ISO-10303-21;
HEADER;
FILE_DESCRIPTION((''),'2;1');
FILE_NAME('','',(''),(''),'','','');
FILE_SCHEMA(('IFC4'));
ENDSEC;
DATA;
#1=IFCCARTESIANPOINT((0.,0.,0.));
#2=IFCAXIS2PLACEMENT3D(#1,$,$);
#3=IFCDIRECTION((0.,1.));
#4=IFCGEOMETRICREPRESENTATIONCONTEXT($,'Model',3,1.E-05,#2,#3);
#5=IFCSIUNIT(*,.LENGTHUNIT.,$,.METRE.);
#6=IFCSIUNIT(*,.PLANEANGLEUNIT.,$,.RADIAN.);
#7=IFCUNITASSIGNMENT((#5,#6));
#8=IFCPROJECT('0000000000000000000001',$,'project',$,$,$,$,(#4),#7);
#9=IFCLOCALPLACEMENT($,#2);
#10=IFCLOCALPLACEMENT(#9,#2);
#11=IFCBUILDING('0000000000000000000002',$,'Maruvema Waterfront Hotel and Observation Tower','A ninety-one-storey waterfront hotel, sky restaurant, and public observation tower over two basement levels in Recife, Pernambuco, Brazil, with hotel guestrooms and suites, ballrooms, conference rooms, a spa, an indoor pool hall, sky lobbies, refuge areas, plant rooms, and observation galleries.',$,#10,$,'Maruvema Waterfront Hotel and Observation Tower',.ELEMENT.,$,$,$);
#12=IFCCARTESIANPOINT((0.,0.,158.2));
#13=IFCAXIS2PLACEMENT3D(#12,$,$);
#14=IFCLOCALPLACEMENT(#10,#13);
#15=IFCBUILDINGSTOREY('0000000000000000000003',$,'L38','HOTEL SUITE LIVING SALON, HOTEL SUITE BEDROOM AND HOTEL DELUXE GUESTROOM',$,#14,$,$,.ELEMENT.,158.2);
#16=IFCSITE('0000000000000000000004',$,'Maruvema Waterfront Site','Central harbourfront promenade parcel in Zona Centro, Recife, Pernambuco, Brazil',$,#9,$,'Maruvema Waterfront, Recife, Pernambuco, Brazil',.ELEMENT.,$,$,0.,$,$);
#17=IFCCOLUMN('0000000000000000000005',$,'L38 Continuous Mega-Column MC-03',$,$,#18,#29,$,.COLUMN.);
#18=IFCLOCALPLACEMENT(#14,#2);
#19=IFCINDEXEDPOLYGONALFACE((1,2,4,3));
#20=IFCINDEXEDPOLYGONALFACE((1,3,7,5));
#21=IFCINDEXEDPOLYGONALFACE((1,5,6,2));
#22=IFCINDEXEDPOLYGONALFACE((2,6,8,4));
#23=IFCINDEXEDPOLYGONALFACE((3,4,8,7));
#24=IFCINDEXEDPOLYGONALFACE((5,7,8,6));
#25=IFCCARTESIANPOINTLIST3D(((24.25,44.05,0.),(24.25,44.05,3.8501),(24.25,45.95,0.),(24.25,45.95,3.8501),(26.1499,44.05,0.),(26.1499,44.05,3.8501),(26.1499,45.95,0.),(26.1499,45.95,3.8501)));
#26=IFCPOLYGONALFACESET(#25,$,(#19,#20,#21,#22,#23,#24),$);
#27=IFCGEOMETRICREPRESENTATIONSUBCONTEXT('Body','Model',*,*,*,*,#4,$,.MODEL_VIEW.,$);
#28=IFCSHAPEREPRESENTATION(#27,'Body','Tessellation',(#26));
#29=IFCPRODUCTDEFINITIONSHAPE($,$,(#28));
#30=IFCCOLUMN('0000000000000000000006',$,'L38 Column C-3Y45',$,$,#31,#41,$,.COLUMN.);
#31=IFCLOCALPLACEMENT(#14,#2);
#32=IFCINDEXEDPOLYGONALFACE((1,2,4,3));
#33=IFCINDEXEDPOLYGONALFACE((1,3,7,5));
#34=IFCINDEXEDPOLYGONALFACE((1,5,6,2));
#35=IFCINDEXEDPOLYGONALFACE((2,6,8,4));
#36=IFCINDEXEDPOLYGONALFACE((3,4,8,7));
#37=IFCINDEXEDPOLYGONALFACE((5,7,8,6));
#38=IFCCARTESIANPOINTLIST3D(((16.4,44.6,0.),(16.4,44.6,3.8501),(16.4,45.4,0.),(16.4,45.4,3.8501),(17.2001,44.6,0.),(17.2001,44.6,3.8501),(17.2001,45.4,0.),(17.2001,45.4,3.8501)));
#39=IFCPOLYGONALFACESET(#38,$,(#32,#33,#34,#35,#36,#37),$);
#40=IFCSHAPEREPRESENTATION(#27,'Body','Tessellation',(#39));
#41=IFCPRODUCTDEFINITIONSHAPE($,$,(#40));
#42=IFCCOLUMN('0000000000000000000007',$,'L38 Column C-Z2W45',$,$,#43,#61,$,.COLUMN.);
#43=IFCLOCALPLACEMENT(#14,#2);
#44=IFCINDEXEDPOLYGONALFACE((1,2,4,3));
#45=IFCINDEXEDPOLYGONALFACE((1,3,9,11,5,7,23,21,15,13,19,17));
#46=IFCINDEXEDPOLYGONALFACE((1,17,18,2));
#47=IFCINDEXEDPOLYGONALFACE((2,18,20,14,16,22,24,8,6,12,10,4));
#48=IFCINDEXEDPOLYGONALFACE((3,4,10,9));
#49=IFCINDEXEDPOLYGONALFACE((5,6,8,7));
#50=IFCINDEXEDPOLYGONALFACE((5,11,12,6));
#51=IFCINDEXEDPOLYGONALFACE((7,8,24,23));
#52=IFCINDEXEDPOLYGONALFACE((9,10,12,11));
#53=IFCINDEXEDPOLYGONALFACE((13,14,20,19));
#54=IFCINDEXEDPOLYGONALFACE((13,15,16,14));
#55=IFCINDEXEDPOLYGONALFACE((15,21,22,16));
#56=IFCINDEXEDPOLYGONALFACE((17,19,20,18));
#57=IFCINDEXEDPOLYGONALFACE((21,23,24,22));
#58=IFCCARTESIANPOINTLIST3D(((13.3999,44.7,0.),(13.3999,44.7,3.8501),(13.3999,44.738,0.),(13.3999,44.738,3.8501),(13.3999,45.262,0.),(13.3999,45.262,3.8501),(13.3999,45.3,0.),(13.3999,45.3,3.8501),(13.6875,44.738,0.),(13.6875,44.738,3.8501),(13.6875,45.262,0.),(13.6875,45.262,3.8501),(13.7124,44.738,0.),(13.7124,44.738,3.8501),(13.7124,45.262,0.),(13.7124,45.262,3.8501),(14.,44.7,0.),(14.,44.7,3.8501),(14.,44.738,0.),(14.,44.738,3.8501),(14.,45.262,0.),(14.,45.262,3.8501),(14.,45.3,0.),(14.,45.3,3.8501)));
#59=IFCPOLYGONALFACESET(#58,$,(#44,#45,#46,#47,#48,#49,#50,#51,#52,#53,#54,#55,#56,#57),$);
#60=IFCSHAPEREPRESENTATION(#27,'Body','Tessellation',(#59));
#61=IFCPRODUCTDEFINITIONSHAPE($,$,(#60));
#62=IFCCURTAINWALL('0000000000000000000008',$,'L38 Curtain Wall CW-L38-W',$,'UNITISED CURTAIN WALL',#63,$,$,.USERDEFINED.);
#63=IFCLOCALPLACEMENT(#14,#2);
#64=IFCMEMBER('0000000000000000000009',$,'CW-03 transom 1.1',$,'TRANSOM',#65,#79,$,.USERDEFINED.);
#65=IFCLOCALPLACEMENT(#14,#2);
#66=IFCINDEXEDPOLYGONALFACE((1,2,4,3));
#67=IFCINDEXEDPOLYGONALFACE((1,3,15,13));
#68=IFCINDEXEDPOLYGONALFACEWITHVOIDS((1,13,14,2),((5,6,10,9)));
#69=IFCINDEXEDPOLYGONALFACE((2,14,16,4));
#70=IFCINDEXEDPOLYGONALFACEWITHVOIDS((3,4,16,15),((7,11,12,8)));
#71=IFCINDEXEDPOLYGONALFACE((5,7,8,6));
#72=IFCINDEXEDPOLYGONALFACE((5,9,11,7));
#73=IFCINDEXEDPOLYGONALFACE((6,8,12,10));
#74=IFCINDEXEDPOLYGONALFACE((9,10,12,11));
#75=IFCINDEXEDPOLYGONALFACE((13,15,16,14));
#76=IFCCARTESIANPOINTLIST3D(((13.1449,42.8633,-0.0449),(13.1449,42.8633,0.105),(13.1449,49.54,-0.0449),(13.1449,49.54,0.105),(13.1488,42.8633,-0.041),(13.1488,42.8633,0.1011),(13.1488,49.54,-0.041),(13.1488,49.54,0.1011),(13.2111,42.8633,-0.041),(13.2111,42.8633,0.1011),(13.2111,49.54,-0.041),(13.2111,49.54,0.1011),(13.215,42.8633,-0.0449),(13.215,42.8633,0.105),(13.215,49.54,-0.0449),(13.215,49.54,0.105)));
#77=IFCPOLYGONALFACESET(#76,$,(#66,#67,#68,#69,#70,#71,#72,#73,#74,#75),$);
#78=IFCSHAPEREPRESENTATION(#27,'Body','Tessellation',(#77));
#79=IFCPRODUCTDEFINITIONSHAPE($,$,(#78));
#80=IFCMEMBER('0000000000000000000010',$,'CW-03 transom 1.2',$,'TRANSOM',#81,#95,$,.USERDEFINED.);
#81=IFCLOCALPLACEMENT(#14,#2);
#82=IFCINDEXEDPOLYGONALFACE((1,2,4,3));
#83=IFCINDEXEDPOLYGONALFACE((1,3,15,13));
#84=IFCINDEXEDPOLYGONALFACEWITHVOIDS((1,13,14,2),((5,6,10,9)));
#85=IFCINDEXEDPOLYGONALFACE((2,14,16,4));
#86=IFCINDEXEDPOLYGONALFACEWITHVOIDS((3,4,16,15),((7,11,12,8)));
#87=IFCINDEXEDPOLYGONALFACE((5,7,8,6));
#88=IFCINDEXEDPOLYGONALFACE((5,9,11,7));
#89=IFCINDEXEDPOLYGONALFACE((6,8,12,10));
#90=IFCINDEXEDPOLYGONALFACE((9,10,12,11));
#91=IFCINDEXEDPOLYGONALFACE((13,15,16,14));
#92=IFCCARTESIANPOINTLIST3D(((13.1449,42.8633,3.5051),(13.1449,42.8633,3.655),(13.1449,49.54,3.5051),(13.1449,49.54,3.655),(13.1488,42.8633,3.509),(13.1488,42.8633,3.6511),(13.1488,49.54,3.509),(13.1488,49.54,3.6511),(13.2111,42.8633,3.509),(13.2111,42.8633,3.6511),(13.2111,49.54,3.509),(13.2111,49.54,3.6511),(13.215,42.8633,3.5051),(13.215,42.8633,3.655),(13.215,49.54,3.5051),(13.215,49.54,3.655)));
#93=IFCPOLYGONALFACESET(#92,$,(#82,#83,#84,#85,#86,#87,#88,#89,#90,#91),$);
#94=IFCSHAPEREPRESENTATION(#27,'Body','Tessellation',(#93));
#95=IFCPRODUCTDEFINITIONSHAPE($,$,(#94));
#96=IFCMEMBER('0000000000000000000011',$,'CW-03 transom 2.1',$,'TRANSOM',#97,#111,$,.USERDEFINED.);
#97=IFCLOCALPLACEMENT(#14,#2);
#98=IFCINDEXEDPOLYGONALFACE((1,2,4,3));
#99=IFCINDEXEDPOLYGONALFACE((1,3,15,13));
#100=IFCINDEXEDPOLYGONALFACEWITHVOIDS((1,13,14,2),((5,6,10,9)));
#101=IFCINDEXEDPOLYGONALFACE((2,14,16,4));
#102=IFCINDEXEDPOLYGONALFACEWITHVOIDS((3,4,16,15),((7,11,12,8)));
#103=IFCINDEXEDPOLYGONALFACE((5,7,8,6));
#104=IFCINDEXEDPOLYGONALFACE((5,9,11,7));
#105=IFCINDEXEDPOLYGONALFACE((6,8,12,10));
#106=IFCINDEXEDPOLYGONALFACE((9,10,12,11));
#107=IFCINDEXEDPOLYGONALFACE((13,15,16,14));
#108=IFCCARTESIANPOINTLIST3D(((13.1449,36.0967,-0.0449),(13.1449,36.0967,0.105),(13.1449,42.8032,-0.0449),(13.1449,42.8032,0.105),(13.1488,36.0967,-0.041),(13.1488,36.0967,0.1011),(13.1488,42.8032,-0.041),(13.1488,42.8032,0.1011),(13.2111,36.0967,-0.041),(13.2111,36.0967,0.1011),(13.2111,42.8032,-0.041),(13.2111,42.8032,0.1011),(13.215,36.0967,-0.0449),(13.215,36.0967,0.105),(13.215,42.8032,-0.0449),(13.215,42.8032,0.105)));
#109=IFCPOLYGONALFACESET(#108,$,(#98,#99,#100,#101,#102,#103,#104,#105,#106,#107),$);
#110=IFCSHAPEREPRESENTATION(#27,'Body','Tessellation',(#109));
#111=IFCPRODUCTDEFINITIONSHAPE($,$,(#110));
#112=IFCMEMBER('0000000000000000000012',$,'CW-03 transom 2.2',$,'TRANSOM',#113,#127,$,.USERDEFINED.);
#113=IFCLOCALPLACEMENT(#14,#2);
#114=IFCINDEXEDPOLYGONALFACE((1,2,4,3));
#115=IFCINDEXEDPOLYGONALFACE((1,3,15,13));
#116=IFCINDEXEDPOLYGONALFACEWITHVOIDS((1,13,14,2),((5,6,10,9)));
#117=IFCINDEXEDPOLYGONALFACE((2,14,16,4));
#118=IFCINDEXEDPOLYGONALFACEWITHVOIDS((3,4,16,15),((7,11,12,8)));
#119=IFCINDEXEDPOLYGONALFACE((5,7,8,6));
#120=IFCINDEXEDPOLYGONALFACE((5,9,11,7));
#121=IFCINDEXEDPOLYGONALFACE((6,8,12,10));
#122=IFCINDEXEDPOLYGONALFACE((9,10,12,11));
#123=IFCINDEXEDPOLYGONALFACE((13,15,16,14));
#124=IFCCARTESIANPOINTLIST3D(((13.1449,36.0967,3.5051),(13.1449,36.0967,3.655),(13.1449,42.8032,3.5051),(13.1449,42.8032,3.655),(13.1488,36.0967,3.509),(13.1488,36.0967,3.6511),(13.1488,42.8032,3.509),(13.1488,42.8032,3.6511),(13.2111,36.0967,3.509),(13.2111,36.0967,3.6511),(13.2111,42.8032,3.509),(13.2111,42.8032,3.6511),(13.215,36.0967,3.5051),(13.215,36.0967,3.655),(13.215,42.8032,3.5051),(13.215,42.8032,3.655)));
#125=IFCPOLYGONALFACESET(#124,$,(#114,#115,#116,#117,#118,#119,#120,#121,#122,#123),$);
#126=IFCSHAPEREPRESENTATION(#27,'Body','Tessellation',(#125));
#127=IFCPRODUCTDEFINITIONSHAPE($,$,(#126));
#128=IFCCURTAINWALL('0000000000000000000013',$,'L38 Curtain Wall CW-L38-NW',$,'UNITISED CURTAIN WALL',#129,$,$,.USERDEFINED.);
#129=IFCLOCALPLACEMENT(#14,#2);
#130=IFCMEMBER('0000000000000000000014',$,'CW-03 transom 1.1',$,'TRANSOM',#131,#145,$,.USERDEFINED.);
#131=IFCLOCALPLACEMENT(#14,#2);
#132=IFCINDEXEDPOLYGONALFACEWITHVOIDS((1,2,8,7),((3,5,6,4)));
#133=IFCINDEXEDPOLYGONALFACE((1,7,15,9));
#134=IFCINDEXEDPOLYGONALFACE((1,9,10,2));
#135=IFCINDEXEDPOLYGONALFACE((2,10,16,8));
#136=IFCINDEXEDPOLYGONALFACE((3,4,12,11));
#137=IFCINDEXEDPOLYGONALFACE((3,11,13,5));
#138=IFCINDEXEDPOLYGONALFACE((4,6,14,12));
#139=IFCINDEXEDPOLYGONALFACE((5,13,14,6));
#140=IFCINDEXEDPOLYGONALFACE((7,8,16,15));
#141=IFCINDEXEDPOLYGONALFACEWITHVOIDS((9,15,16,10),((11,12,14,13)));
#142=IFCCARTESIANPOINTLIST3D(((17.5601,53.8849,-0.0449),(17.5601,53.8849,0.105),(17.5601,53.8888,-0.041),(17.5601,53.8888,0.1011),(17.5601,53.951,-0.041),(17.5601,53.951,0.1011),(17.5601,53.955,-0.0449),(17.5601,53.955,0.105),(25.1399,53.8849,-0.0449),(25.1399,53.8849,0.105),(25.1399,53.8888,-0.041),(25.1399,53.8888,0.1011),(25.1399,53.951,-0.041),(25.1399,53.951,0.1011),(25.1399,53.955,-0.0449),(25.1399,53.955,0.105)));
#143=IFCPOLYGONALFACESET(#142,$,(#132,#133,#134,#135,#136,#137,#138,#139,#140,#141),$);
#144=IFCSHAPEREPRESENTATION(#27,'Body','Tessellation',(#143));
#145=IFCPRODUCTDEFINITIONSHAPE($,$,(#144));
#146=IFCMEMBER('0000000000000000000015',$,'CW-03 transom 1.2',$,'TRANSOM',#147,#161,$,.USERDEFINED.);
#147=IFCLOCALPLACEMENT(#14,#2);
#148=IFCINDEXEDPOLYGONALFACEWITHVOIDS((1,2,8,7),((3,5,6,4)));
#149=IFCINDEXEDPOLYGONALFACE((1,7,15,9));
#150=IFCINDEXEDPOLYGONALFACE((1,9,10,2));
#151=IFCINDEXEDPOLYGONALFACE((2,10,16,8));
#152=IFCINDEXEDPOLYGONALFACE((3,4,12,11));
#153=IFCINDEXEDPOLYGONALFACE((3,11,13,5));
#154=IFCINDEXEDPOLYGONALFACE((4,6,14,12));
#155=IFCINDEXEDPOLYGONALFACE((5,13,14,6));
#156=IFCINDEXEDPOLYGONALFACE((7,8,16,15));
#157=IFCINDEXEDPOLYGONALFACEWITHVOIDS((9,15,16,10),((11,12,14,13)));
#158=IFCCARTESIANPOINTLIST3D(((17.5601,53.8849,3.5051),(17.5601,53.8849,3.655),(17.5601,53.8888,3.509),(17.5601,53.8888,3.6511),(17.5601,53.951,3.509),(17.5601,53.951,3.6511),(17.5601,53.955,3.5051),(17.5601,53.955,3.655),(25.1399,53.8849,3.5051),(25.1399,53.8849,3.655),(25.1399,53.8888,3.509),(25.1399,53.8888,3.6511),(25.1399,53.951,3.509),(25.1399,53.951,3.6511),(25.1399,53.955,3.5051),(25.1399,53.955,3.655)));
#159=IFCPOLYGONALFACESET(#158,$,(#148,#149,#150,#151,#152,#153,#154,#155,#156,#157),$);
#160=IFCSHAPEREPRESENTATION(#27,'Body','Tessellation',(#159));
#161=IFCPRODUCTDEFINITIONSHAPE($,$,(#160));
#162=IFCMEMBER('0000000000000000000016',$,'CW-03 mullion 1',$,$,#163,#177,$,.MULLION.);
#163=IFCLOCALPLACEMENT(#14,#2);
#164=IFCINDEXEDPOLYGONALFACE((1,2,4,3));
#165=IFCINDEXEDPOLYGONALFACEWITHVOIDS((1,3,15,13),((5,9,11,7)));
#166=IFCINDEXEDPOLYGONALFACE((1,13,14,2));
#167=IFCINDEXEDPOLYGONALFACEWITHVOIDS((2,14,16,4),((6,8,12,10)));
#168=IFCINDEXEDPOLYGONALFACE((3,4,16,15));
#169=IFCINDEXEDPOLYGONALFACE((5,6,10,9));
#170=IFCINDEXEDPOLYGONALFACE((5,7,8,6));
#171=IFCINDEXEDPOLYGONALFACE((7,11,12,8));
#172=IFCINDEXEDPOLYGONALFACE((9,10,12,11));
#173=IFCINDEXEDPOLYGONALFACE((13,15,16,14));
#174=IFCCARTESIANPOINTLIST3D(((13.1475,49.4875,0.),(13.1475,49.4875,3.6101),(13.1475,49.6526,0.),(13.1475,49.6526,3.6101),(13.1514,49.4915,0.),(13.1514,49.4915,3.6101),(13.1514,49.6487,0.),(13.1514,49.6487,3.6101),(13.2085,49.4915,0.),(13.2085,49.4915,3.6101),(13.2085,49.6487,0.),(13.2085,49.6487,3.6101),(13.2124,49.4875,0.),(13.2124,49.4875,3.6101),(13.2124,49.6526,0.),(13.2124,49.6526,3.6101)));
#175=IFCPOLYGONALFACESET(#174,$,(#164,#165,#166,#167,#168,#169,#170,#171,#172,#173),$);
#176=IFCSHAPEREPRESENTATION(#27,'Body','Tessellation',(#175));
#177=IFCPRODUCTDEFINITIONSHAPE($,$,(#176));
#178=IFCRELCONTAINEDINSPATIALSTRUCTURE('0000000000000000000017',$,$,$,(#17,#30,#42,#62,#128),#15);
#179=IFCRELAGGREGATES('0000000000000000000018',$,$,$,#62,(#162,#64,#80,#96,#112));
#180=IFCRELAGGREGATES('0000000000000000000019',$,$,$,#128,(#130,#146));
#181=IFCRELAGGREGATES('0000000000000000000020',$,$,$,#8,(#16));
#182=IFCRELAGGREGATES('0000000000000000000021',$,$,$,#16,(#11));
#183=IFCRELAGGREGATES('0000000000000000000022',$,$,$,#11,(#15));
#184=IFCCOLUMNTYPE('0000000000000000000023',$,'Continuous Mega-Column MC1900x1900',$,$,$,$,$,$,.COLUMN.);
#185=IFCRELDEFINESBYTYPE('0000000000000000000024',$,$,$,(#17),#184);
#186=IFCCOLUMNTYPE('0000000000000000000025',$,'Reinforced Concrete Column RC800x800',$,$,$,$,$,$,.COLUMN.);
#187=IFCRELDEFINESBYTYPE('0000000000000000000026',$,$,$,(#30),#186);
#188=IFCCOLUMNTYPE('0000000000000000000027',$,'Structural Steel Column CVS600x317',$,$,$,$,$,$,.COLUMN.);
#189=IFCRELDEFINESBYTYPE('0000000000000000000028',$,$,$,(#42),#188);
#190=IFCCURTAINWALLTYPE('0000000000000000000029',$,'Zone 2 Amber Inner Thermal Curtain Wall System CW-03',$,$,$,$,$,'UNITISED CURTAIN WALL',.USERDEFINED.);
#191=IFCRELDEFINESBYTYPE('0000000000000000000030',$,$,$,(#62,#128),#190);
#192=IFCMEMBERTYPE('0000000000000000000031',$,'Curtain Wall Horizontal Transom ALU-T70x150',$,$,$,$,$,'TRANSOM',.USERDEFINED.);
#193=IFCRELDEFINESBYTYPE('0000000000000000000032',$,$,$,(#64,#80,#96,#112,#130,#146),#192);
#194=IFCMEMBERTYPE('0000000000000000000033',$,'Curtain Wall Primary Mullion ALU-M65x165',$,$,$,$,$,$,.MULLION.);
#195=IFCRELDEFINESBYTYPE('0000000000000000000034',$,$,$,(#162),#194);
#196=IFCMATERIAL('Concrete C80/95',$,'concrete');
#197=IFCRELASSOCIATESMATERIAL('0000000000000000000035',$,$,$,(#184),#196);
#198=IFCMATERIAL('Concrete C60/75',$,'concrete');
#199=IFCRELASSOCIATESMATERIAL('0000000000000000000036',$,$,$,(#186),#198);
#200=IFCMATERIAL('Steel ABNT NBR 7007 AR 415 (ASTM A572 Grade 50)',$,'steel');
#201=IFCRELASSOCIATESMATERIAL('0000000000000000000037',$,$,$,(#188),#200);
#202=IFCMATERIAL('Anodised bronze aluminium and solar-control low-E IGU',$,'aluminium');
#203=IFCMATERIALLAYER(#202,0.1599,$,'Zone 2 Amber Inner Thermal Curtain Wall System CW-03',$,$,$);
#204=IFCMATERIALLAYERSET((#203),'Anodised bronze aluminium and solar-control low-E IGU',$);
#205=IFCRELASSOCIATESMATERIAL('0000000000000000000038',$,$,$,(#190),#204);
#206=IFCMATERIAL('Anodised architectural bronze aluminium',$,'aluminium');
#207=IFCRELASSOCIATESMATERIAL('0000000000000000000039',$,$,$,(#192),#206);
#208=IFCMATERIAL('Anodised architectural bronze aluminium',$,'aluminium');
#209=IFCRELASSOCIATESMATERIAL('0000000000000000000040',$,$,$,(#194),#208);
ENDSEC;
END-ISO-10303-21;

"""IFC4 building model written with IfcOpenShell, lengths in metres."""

from ifc_helpers import new_model, si_unit, direction, frame, origin, origin_2d, place, context, subcontext, project, spatial, rectangle, hollow_rectangle, i_section, extrude, material, layer, layer_set, material_profile, profile_set, type_object, element, aggregate, save


model = new_model("IFC4")

# Units and contexts
model_context = context("Model", 3, precision=1e-05, world=origin(), true_north=direction((0.0, 1.0)))
body_context = subcontext(model_context, "Body", "Model", "MODEL_VIEW")
ifc_project = project(units=[si_unit("LENGTHUNIT", "METRE"), si_unit("PLANEANGLEUNIT", "RADIAN")], contexts=[model_context])

# Site, building, storey
site_placement = place(None, origin())
site = spatial("IfcSite", under=ifc_project, at=site_placement, Name="Maruvema Waterfront Site", Description="Central harbourfront promenade parcel in Zona Centro, Recife, Pernambuco, Brazil", LongName="Maruvema Waterfront, Recife, Pernambuco, Brazil", CompositionType="ELEMENT", RefElevation=0.0)
building_placement = place(site_placement, origin())
building = spatial("IfcBuilding", under=site, at=building_placement, Name="Maruvema Waterfront Hotel and Observation Tower", Description="A ninety-one-storey waterfront hotel, sky restaurant, and public observation tower over two basement levels in Recife, Pernambuco, Brazil, with hotel guestrooms and suites, ballrooms, conference rooms, a spa, an indoor pool hall, sky lobbies, refuge areas, plant rooms, and observation galleries.", LongName="Maruvema Waterfront Hotel and Observation Tower", CompositionType="ELEMENT")
storey_placement = place(building_placement, frame((0.0, 0.0, 158.2)))
storey = spatial("IfcBuildingStorey", under=building, at=storey_placement, Name="L38", Description="HOTEL SUITE LIVING SALON, HOTEL SUITE BEDROOM AND HOTEL DELUXE GUESTROOM", CompositionType="ELEMENT", Elevation=158.2)

# Columns
ifc_material_1 = material(Name="Concrete C80/95", Category="concrete")
ifc_material_profile_1 = material_profile(ifc_material_1, rectangle(XDim=1.8999, YDim=1.8999, at=origin_2d()), Name="MC1900x1900")
ifc_profile_set_1 = profile_set([ifc_material_profile_1], Name="Concrete C80/95")
column_type_1 = type_object("IfcColumnType", Name="Continuous Mega-Column MC1900x1900", PredefinedType="COLUMN", material=ifc_profile_set_1)
column_1_placement = place(storey_placement, frame((25.2, 45.0, 0.0), z_axis=(0.0, 0.0, 1.0), x_axis=(1.0, 0.0, 0.0)))
element("IfcColumn", 1, at=column_1_placement, inside=storey, type_object=column_type_1, Name="L38 Continuous Mega-Column MC-03", PredefinedType="COLUMN", context=body_context, shape_type="SweptSolid", body=[
    extrude(rectangle(XDim=1.8999, YDim=1.8999, at=origin_2d()), origin(), (0.0, 0.0, 1.0), 3.8501),
])
ifc_material_2 = material(Name="Concrete C60/75", Category="concrete")
ifc_material_profile_2 = material_profile(ifc_material_2, rectangle(XDim=0.8, YDim=0.8, at=origin_2d()), Name="RC800x800")
ifc_profile_set_2 = profile_set([ifc_material_profile_2], Name="Concrete C60/75")
column_type_2 = type_object("IfcColumnType", Name="Reinforced Concrete Column RC800x800", PredefinedType="COLUMN", material=ifc_profile_set_2)
column_2_placement = place(storey_placement, frame((16.8, 45.0, 0.0), z_axis=(0.0, 0.0, 1.0), x_axis=(1.0, 0.0, 0.0)))
element("IfcColumn", 2, at=column_2_placement, inside=storey, type_object=column_type_2, Name="L38 Column C-3Y45", PredefinedType="COLUMN", context=body_context, shape_type="SweptSolid", body=[
    extrude(rectangle(XDim=0.8, YDim=0.8, at=origin_2d()), origin(), (0.0, 0.0, 1.0), 3.8501),
])
ifc_material_3 = material(Name="Steel ABNT NBR 7007 AR 415 (ASTM A572 Grade 50)", Category="steel")
ifc_material_profile_3 = material_profile(ifc_material_3, i_section(OverallWidth=0.6001, OverallDepth=0.6001, WebThickness=0.0249, FlangeThickness=0.0381, at=origin_2d()), Name="CVS600x317")
ifc_profile_set_3 = profile_set([ifc_material_profile_3], Name="Steel ABNT NBR 7007 AR 415 (ASTM A572 Grade 50)")
column_type_3 = type_object("IfcColumnType", Name="Structural Steel Column CVS600x317", PredefinedType="COLUMN", material=ifc_profile_set_3)
column_3_placement = place(storey_placement, frame((13.7, 45.0, 0.0), z_axis=(0.0, 0.0, 1.0), x_axis=(1.0, 0.0, 0.0)))
element("IfcColumn", 3, at=column_3_placement, inside=storey, type_object=column_type_3, Name="L38 Column C-Z2W45", PredefinedType="COLUMN", context=body_context, shape_type="SweptSolid", body=[
    extrude(i_section(OverallWidth=0.6001, OverallDepth=0.6001, WebThickness=0.0249, FlangeThickness=0.0381, at=origin_2d()), origin(), (0.0, 0.0, 1.0), 3.8501),
])

# Curtain walls, members
ifc_material_4 = material(Name="Anodised bronze aluminium and solar-control low-E IGU", Category="aluminium")
ifc_layer_1 = layer(ifc_material_4, 0.1599, Name="Zone 2 Amber Inner Thermal Curtain Wall System CW-03")
ifc_layer_set_1 = layer_set([ifc_layer_1], Name="Anodised bronze aluminium and solar-control low-E IGU")
curtain_wall_type = type_object("IfcCurtainWallType", Name="Zone 2 Amber Inner Thermal Curtain Wall System CW-03", ElementType="UNITISED CURTAIN WALL", PredefinedType="USERDEFINED", material=ifc_layer_set_1)
curtain_wall_1_placement = place(storey_placement, origin())
curtain_wall_1 = element("IfcCurtainWall", 4, at=curtain_wall_1_placement, inside=storey, type_object=curtain_wall_type, Name="L38 Curtain Wall CW-L38-W", ObjectType="UNITISED CURTAIN WALL", PredefinedType="USERDEFINED")
ifc_material_5 = material(Name="Anodised architectural bronze aluminium", Category="aluminium")
ifc_material_profile_4 = material_profile(ifc_material_5, hollow_rectangle(XDim=0.0701, YDim=0.1499, WallThickness=0.0039, at=origin_2d()), Name="ALU-T70x150")
ifc_profile_set_4 = profile_set([ifc_material_profile_4], Name="Anodised architectural bronze aluminium")
member_type_1 = type_object("IfcMemberType", Name="Curtain Wall Horizontal Transom ALU-T70x150", ElementType="TRANSOM", PredefinedType="USERDEFINED", material=ifc_profile_set_4)
member_1_placement = place(storey_placement, frame((13.1799, 49.54, 0.03), z_axis=(0.0, -1.0, 0.0), x_axis=(1.0, 0.0, 0.0)))
member_1 = element("IfcMember", 5, at=member_1_placement, type_object=member_type_1, Name="CW-03 transom 1.1", ObjectType="TRANSOM", PredefinedType="USERDEFINED", context=body_context, shape_type="SweptSolid", body=[
    extrude(hollow_rectangle(XDim=0.0701, YDim=0.1499, WallThickness=0.0039, at=origin_2d()), origin(), (0.0, 0.0, 1.0), 6.6768),
])
member_2_placement = place(storey_placement, frame((13.1799, 49.54, 3.5801), z_axis=(0.0, -1.0, 0.0), x_axis=(1.0, 0.0, 0.0)))
member_2 = element("IfcMember", 6, at=member_2_placement, type_object=member_type_1, Name="CW-03 transom 1.2", ObjectType="TRANSOM", PredefinedType="USERDEFINED", context=body_context, shape_type="SweptSolid", body=[
    extrude(hollow_rectangle(XDim=0.0701, YDim=0.1499, WallThickness=0.0039, at=origin_2d()), origin(), (0.0, 0.0, 1.0), 6.6768),
])
member_3_placement = place(storey_placement, frame((13.1799, 42.8032, 0.03), z_axis=(0.0, -1.0, 0.0), x_axis=(1.0, 0.0, 0.0)))
member_3 = element("IfcMember", 7, at=member_3_placement, type_object=member_type_1, Name="CW-03 transom 2.1", ObjectType="TRANSOM", PredefinedType="USERDEFINED", context=body_context, shape_type="SweptSolid", body=[
    extrude(hollow_rectangle(XDim=0.0701, YDim=0.1499, WallThickness=0.0039, at=origin_2d()), origin(), (0.0, 0.0, 1.0), 6.7065),
])
member_4_placement = place(storey_placement, frame((13.1799, 42.8032, 3.5801), z_axis=(0.0, -1.0, 0.0), x_axis=(1.0, 0.0, 0.0)))
member_4 = element("IfcMember", 8, at=member_4_placement, type_object=member_type_1, Name="CW-03 transom 2.2", ObjectType="TRANSOM", PredefinedType="USERDEFINED", context=body_context, shape_type="SweptSolid", body=[
    extrude(hollow_rectangle(XDim=0.0701, YDim=0.1499, WallThickness=0.0039, at=origin_2d()), origin(), (0.0, 0.0, 1.0), 6.7065),
])
curtain_wall_2_placement = place(storey_placement, origin())
curtain_wall_2 = element("IfcCurtainWall", 9, at=curtain_wall_2_placement, inside=storey, type_object=curtain_wall_type, Name="L38 Curtain Wall CW-L38-NW", ObjectType="UNITISED CURTAIN WALL", PredefinedType="USERDEFINED")
member_5_placement = place(storey_placement, frame((25.1399, 53.9199, 0.03), z_axis=(-1.0, 0.0, 0.0), x_axis=(0.0, -1.0, 0.0)))
member_5 = element("IfcMember", 10, at=member_5_placement, type_object=member_type_1, Name="CW-03 transom 1.1", ObjectType="TRANSOM", PredefinedType="USERDEFINED", context=body_context, shape_type="SweptSolid", body=[
    extrude(hollow_rectangle(XDim=0.0701, YDim=0.1499, WallThickness=0.0039, at=origin_2d()), origin(), (0.0, 0.0, 1.0), 7.5798),
])
member_6_placement = place(storey_placement, frame((25.1399, 53.9199, 3.5801), z_axis=(-1.0, 0.0, 0.0), x_axis=(0.0, -1.0, 0.0)))
member_6 = element("IfcMember", 11, at=member_6_placement, type_object=member_type_1, Name="CW-03 transom 1.2", ObjectType="TRANSOM", PredefinedType="USERDEFINED", context=body_context, shape_type="SweptSolid", body=[
    extrude(hollow_rectangle(XDim=0.0701, YDim=0.1499, WallThickness=0.0039, at=origin_2d()), origin(), (0.0, 0.0, 1.0), 7.5798),
])

# Member
ifc_material_6 = material(Name="Anodised architectural bronze aluminium", Category="aluminium")
ifc_material_profile_5 = material_profile(ifc_material_6, hollow_rectangle(XDim=0.0649, YDim=0.165, WallThickness=0.0039, at=origin_2d()), Name="ALU-M65x165")
ifc_profile_set_5 = profile_set([ifc_material_profile_5], Name="Anodised architectural bronze aluminium")
member_type_2 = type_object("IfcMemberType", Name="Curtain Wall Primary Mullion ALU-M65x165", PredefinedType="MULLION", material=ifc_profile_set_5)
member_7_placement = place(storey_placement, frame((13.1799, 49.5701, 0.0), z_axis=(0.0, 0.0, 1.0), x_axis=(1.0, 0.0, 0.0)))
member_7 = element("IfcMember", 12, at=member_7_placement, type_object=member_type_2, Name="CW-03 mullion 1", PredefinedType="MULLION", context=body_context, shape_type="SweptSolid", body=[
    extrude(hollow_rectangle(XDim=0.0649, YDim=0.165, WallThickness=0.0039, at=origin_2d()), origin(), (0.0, 0.0, 1.0), 3.6101),
])

aggregate(curtain_wall_1, [member_7, member_1, member_2, member_3, member_4])
aggregate(curtain_wall_2, [member_5, member_6])

save(model, "model.ifc")
